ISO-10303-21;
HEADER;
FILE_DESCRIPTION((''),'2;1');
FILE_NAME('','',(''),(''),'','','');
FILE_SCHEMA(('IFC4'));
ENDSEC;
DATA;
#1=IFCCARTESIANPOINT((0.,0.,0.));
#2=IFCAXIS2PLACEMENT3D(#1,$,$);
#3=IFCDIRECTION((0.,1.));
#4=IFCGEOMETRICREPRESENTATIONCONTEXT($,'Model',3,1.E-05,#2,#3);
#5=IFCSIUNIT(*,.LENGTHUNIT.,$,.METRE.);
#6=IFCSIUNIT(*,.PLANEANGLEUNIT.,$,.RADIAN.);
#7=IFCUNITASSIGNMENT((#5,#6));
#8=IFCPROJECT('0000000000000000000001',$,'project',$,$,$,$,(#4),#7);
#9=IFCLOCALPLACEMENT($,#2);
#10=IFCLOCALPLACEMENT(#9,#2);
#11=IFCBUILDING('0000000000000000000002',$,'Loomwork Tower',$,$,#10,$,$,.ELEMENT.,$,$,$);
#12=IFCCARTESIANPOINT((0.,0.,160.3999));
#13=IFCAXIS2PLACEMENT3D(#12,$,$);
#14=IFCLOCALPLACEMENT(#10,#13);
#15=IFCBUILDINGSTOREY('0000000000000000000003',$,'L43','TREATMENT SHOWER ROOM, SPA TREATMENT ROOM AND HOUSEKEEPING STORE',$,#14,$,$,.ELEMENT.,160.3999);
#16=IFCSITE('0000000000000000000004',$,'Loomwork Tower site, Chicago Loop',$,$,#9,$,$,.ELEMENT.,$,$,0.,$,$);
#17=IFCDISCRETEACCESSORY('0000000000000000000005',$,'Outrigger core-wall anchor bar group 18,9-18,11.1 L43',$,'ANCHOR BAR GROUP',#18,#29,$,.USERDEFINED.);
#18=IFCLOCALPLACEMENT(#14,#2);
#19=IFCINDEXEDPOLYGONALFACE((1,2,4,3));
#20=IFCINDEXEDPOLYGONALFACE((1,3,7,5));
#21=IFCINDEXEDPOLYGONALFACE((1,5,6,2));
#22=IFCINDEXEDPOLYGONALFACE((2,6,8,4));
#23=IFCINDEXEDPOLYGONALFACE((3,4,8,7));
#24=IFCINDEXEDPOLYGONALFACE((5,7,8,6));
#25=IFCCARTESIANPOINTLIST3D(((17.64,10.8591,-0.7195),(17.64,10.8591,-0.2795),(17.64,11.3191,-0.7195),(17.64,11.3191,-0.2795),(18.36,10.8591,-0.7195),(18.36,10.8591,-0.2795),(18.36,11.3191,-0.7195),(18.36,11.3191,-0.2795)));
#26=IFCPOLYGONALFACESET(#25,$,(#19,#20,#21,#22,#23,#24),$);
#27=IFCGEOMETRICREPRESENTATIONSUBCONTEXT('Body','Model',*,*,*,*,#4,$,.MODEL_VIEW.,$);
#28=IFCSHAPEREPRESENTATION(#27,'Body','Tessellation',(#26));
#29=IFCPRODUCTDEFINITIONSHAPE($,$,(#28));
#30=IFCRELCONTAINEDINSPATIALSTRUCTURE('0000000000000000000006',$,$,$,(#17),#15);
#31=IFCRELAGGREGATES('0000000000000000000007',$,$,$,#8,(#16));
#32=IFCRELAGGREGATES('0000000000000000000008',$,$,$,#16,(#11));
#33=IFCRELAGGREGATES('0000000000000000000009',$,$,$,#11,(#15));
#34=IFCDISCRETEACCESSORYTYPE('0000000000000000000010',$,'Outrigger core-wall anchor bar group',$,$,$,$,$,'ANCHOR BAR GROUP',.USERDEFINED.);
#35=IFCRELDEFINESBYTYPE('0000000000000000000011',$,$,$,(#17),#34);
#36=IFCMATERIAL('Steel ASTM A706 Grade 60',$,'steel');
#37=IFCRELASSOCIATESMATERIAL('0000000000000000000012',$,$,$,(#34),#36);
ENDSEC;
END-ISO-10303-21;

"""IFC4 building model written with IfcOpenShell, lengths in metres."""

from ifc_helpers import new_model, si_unit, direction, frame, origin, origin_2d, place, context, subcontext, project, spatial, rectangle, extrude, material, type_object, element, save


model = new_model("IFC4")

# Units and contexts
model_context = context("Model", 3, precision=1e-05, world=origin(), true_north=direction((0.0, 1.0)))
body_context = subcontext(model_context, "Body", "Model", "MODEL_VIEW")
ifc_project = project(units=[si_unit("LENGTHUNIT", "METRE"), si_unit("PLANEANGLEUNIT", "RADIAN")], contexts=[model_context])

# Site, building, storey
site_placement = place(None, origin())
site = spatial("IfcSite", under=ifc_project, at=site_placement, Name="Loomwork Tower site, Chicago Loop", CompositionType="ELEMENT", RefElevation=0.0)
building_placement = place(site_placement, origin())
building = spatial("IfcBuilding", under=site, at=building_placement, Name="Loomwork Tower", CompositionType="ELEMENT")
storey_placement = place(building_placement, frame((0.0, 0.0, 160.3999)))
storey = spatial("IfcBuildingStorey", under=building, at=storey_placement, Name="L43", Description="TREATMENT SHOWER ROOM, SPA TREATMENT ROOM AND HOUSEKEEPING STORE", CompositionType="ELEMENT", Elevation=160.3999)

# Discrete accessory
ifc_material_1 = material(Name="Steel ASTM A706 Grade 60", Category="steel")
discrete_accessory_type = type_object("IfcDiscreteAccessoryType", Name="Outrigger core-wall anchor bar group", ElementType="ANCHOR BAR GROUP", PredefinedType="USERDEFINED", material=ifc_material_1)
discrete_accessory_placement = place(storey_placement, frame((18.0, 11.0891, -0.7195), z_axis=(0.0, 0.0, 1.0), x_axis=(1.0, 0.0, 0.0)))
element("IfcDiscreteAccessory", 1, at=discrete_accessory_placement, inside=storey, type_object=discrete_accessory_type, Name="Outrigger core-wall anchor bar group 18,9-18,11.1 L43", ObjectType="ANCHOR BAR GROUP", PredefinedType="USERDEFINED", context=body_context, shape_type="SweptSolid", body=[
    extrude(rectangle(XDim=0.72, YDim=0.46, at=origin_2d()), origin(), (0.0, 0.0, 1.0), 0.4399),
])

save(model, "model.ifc")
